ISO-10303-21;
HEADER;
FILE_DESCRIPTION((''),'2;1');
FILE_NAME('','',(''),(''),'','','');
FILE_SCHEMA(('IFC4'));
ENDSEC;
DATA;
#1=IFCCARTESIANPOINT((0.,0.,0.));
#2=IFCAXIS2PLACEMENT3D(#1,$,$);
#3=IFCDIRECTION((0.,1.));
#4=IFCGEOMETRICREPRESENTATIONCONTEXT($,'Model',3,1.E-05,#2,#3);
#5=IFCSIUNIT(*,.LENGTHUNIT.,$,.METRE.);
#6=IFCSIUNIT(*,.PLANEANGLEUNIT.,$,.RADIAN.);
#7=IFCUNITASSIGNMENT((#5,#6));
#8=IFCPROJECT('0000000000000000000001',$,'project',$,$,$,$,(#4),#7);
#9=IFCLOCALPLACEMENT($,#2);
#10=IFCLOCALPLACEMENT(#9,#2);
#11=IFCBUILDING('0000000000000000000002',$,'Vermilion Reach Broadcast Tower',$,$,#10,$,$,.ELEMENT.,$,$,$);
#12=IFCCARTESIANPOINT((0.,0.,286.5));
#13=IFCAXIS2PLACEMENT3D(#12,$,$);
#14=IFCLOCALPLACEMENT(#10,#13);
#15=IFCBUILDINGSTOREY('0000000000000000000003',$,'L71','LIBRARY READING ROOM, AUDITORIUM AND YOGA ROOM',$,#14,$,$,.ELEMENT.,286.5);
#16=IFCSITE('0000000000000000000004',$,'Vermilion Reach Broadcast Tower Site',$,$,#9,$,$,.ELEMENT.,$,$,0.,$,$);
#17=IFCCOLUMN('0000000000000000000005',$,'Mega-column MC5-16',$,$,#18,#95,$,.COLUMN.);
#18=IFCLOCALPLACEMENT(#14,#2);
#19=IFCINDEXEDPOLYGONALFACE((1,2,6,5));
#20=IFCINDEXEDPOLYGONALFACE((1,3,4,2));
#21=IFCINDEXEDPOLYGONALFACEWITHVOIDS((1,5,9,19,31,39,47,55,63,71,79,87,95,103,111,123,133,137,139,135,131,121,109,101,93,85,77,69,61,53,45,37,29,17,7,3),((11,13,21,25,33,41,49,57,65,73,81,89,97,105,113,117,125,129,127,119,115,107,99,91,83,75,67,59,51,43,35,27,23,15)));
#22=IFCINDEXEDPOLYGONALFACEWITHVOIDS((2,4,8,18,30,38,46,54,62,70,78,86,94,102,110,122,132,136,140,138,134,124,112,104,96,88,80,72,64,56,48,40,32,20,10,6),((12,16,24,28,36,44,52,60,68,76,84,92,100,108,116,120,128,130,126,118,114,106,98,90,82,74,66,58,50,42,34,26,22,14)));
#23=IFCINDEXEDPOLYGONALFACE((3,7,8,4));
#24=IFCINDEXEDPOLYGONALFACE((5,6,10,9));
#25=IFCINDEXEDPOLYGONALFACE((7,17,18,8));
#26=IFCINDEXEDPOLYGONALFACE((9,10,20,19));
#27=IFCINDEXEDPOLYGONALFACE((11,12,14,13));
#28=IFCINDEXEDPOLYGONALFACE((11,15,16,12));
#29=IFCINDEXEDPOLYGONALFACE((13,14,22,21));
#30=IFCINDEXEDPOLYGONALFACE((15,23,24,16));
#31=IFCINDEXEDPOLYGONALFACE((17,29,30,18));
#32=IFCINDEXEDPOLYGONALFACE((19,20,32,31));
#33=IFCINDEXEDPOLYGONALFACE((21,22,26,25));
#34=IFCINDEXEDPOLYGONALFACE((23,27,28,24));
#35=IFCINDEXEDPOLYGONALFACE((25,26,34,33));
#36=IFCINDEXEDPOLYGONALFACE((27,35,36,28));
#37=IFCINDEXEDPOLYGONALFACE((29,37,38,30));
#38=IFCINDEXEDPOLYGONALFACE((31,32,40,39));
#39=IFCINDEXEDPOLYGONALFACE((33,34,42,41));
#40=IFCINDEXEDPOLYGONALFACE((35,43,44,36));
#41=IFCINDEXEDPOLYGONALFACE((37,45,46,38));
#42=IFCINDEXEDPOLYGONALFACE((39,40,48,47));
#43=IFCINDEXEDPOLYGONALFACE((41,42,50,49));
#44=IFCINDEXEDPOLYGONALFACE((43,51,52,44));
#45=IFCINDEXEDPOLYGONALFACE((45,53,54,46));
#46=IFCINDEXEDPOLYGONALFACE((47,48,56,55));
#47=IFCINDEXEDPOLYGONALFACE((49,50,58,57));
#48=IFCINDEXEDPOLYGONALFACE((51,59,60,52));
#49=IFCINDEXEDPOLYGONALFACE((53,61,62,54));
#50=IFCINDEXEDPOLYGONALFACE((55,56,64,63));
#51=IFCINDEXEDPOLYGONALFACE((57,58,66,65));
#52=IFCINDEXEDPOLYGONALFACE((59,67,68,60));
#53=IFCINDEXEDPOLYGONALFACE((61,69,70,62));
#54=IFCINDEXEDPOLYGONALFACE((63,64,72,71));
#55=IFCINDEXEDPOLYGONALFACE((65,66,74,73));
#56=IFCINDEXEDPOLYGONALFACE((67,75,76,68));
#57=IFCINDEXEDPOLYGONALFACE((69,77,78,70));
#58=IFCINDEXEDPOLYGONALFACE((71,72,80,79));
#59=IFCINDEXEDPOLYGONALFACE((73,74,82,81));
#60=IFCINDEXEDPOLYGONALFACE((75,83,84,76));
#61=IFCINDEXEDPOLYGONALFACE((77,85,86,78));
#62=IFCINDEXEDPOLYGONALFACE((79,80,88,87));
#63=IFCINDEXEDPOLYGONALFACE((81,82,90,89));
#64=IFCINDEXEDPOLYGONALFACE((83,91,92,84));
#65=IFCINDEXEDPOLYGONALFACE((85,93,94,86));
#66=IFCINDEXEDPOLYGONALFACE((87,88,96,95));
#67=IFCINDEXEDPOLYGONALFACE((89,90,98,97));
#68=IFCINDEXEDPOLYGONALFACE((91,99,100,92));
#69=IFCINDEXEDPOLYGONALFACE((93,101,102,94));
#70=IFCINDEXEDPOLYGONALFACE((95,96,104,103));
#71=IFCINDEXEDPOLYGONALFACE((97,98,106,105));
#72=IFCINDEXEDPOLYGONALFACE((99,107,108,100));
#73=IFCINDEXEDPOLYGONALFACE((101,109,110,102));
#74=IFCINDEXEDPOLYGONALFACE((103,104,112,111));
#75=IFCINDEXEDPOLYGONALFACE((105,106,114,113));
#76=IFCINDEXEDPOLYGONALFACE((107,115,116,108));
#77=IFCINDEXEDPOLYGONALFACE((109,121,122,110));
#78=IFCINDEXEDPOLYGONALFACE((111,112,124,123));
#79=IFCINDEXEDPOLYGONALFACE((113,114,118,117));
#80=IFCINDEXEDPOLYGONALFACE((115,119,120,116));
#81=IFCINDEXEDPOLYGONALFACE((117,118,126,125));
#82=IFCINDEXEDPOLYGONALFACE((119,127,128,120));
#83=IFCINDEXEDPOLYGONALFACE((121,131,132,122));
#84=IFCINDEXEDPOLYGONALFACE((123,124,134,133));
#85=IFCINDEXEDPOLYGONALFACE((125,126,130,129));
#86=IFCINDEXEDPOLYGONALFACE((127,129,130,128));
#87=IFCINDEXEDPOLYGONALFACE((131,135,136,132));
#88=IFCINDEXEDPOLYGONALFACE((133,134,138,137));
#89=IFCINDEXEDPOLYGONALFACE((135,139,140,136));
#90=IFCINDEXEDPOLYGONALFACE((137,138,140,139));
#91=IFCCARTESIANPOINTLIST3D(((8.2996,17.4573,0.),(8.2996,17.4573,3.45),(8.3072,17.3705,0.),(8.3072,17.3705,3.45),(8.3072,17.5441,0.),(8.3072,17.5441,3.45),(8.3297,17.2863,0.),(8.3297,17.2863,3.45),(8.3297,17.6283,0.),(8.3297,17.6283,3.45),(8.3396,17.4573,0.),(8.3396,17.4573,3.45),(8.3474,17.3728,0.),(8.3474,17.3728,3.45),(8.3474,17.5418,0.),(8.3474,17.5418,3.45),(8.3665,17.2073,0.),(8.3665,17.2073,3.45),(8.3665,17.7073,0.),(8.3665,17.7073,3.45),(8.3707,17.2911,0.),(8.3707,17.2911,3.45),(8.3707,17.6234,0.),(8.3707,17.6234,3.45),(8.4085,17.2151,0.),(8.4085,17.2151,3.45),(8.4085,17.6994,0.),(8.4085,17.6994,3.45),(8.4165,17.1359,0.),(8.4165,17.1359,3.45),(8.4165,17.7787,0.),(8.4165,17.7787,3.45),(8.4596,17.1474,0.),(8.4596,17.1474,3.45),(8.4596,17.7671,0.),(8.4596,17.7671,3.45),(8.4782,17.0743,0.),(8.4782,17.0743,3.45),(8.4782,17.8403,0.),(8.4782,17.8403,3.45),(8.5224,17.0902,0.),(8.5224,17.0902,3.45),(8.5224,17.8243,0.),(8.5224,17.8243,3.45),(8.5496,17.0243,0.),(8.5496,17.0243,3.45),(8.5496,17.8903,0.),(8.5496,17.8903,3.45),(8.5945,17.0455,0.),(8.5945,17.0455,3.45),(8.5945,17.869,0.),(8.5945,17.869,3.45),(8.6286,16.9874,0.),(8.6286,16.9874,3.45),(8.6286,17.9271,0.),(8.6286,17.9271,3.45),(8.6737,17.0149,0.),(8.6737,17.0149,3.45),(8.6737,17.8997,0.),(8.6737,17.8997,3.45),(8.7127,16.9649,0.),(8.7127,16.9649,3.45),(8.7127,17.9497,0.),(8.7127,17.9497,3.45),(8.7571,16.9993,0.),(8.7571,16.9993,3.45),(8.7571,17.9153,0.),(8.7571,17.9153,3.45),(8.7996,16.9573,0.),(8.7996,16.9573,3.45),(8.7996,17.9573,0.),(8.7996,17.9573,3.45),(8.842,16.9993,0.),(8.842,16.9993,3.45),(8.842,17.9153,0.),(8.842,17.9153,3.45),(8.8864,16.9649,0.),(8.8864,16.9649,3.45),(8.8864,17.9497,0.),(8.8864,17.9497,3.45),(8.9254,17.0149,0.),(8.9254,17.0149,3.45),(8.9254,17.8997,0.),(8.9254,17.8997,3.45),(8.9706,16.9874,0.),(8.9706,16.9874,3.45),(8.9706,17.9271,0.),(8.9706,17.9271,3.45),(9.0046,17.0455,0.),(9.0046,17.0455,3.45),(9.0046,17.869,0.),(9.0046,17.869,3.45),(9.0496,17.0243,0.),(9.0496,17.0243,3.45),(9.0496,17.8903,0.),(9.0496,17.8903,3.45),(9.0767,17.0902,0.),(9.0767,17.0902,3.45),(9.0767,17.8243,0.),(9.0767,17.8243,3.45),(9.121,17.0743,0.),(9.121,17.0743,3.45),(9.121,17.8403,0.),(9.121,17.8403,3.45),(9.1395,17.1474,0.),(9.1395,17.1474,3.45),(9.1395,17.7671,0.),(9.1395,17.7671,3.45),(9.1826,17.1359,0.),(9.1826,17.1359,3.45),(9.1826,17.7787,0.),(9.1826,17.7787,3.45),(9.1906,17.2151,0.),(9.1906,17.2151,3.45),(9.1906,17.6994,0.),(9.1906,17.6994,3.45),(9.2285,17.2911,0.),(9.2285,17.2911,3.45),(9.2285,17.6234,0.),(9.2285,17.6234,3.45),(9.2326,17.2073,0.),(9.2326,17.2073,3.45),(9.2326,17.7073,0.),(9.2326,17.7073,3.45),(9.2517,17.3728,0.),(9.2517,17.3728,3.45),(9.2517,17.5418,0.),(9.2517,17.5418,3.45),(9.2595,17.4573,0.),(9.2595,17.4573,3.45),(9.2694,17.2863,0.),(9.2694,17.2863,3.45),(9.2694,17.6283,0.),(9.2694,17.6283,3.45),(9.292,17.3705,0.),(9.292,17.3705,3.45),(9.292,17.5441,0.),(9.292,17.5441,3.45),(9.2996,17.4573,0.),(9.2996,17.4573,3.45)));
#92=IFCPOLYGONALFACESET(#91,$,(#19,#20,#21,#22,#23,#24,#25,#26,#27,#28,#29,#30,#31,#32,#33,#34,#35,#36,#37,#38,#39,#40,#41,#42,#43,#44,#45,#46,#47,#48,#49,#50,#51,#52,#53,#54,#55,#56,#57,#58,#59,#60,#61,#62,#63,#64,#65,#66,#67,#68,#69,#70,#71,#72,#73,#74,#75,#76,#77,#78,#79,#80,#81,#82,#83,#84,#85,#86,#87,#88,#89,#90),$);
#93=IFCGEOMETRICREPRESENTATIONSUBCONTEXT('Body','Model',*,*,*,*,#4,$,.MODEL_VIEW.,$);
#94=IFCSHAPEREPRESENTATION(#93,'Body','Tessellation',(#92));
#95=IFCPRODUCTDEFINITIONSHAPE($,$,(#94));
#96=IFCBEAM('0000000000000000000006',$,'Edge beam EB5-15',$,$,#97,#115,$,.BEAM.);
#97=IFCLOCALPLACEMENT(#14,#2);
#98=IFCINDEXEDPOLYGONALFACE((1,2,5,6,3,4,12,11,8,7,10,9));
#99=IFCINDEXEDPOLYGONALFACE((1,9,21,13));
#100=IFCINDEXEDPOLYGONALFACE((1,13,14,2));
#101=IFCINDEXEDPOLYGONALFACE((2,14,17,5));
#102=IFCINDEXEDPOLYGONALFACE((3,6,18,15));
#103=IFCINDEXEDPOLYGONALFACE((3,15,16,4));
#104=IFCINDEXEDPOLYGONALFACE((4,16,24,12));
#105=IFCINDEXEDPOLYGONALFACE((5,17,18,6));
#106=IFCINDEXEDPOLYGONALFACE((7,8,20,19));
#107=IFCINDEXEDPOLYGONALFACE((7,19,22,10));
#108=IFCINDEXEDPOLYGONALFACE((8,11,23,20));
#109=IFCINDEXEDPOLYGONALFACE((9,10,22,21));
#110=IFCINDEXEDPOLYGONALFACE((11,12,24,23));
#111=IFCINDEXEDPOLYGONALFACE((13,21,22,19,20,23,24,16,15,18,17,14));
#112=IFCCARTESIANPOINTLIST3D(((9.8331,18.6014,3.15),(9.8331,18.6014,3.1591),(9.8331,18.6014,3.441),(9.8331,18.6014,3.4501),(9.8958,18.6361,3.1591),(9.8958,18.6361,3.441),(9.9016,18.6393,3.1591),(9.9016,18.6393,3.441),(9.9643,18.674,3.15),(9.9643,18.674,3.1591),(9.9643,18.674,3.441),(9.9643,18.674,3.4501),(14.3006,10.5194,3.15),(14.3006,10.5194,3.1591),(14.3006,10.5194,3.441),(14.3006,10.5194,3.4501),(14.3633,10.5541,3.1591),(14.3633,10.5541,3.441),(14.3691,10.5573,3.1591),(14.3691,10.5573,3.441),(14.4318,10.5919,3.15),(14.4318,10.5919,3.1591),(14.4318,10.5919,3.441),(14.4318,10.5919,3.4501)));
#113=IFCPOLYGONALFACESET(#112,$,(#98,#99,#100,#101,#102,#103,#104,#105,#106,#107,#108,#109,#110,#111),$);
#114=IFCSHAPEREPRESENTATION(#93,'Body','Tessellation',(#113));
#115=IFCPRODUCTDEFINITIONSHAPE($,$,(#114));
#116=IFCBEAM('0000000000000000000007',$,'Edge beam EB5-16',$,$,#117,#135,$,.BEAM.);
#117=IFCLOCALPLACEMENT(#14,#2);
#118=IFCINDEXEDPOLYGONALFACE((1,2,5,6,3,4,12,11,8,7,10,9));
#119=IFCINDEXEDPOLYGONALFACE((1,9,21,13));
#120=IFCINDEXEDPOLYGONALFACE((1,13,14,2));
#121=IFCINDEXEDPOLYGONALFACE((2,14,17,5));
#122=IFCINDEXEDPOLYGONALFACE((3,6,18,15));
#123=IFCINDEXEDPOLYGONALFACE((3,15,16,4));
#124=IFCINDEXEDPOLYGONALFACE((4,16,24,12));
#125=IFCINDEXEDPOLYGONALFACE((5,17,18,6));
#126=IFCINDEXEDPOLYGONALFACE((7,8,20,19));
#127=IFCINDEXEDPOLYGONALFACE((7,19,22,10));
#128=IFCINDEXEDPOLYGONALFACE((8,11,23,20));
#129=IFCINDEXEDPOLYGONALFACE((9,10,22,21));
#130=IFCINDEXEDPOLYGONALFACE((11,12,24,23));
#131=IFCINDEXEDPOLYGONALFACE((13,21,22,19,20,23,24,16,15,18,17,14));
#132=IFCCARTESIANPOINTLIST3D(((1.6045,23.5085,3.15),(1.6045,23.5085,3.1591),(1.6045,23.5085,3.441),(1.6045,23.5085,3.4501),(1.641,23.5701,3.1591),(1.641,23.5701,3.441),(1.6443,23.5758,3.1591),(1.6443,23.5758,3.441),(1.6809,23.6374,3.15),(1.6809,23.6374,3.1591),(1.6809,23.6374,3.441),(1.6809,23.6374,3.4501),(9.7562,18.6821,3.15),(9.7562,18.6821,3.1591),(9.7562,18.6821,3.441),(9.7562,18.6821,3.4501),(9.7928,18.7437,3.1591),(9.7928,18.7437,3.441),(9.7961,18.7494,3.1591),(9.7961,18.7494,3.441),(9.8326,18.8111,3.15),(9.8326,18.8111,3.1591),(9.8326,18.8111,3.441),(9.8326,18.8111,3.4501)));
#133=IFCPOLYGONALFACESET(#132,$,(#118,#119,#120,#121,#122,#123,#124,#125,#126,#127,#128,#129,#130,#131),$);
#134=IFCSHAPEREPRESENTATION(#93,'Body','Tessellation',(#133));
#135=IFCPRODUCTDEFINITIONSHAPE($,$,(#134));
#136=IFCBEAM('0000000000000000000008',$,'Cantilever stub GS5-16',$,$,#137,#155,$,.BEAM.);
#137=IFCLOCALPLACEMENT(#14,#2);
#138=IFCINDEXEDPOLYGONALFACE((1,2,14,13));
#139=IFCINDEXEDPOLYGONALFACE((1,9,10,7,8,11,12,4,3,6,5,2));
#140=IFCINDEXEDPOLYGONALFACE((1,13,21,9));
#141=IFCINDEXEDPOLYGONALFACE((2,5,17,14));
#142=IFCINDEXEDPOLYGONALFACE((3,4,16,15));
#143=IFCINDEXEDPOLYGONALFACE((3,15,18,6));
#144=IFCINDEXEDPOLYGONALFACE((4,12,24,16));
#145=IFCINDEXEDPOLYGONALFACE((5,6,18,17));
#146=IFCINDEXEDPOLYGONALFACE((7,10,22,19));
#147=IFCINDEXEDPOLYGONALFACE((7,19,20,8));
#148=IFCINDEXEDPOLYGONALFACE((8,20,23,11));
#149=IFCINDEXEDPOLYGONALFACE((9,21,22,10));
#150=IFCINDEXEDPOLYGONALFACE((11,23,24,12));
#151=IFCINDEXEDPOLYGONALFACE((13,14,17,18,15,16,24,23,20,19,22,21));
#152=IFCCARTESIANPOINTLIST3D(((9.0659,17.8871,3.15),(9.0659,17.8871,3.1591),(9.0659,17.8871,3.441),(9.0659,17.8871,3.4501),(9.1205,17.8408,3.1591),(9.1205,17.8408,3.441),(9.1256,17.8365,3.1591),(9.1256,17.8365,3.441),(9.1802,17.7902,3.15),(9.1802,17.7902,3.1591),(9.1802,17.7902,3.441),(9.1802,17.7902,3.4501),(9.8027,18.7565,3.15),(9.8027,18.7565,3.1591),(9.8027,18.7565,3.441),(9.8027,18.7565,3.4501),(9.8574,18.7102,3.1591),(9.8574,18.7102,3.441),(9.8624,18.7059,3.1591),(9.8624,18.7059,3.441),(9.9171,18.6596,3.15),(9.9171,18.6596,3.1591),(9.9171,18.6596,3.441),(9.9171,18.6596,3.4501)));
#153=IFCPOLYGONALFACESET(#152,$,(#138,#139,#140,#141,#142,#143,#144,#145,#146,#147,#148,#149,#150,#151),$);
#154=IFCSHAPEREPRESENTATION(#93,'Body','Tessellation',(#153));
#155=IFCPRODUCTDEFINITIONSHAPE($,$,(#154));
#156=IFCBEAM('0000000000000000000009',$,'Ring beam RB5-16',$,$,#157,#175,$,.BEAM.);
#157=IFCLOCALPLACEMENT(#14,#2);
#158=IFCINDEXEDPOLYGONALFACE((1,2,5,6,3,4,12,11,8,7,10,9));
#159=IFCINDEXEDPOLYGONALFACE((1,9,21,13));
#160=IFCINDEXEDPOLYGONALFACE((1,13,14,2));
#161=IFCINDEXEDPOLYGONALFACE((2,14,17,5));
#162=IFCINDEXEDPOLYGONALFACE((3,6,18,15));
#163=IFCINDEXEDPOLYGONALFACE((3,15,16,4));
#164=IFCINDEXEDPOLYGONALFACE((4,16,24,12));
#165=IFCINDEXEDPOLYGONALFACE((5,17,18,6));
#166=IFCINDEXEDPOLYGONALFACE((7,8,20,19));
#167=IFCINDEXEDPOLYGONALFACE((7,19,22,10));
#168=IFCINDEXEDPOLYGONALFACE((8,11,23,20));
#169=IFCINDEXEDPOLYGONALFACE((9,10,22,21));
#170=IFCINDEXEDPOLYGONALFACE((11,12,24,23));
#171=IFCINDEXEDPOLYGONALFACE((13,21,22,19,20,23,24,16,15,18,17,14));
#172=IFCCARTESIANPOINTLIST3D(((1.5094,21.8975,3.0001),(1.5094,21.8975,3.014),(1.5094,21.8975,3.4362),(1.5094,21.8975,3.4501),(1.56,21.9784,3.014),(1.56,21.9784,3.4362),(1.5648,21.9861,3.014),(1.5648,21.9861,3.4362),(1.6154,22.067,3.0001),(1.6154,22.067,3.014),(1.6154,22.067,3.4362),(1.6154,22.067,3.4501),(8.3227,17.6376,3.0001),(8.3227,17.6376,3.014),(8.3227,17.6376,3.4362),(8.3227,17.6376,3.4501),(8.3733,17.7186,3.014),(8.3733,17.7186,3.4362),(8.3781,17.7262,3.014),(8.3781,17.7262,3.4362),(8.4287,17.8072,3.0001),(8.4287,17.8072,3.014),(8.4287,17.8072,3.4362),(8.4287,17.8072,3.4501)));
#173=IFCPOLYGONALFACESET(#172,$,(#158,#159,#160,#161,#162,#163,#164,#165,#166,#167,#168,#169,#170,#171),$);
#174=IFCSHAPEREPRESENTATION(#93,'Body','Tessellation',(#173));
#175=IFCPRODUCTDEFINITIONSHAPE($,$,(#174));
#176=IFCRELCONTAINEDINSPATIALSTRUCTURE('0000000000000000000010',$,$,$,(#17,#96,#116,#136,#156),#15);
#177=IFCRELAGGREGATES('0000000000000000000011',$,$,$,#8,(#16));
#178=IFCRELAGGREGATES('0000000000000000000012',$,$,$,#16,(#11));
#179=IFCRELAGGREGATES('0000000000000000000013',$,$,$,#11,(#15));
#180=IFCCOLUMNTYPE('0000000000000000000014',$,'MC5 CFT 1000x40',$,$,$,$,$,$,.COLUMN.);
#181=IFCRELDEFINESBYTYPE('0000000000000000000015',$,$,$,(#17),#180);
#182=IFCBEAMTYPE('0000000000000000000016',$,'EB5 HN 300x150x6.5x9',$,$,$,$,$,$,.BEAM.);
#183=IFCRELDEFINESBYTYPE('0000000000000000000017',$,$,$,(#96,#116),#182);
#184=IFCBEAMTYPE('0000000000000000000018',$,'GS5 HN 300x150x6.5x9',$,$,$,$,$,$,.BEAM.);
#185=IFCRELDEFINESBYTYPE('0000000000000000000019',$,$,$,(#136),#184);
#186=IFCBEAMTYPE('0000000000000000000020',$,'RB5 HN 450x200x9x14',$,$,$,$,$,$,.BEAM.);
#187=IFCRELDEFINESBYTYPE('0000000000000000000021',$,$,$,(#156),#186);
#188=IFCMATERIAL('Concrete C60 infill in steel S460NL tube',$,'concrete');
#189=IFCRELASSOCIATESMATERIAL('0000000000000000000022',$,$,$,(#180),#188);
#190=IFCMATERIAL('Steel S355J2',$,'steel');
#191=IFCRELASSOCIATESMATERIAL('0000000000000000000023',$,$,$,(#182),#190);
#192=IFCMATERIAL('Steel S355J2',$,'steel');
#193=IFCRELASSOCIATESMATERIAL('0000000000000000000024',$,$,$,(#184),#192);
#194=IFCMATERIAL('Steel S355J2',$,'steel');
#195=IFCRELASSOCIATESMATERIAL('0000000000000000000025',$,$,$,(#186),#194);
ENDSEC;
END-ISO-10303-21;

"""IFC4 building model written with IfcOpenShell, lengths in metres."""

from ifc_helpers import new_model, si_unit, direction, frame, origin, origin_2d, place, context, subcontext, project, spatial, hollow_circle, i_section, extrude, material, material_profile, profile_set, type_object, element, save


model = new_model("IFC4")

# Units and contexts
model_context = context("Model", 3, precision=1e-05, world=origin(), true_north=direction((0.0, 1.0)))
body_context = subcontext(model_context, "Body", "Model", "MODEL_VIEW")
ifc_project = project(units=[si_unit("LENGTHUNIT", "METRE"), si_unit("PLANEANGLEUNIT", "RADIAN")], contexts=[model_context])

# Site, building, storey
site_placement = place(None, origin())
site = spatial("IfcSite", under=ifc_project, at=site_placement, Name="Vermilion Reach Broadcast Tower Site", CompositionType="ELEMENT", RefElevation=0.0)
building_placement = place(site_placement, origin())
building = spatial("IfcBuilding", under=site, at=building_placement, Name="Vermilion Reach Broadcast Tower", CompositionType="ELEMENT")
storey_placement = place(building_placement, frame((0.0, 0.0, 286.5)))
storey = spatial("IfcBuildingStorey", under=building, at=storey_placement, Name="L71", Description="LIBRARY READING ROOM, AUDITORIUM AND YOGA ROOM", CompositionType="ELEMENT", Elevation=286.5)

# Column
ifc_material_1 = material(Name="Concrete C60 infill in steel S460NL tube", Category="concrete")
ifc_material_profile_1 = material_profile(ifc_material_1, hollow_circle(Radius=0.5, WallThickness=0.04, at=origin_2d()), Name="Concrete C60 infill in steel S460NL tube CFT 1000x40")
ifc_profile_set_1 = profile_set([ifc_material_profile_1], Name="Concrete C60 infill in steel S460NL tube")
column_type = type_object("IfcColumnType", Name="MC5 CFT 1000x40", PredefinedType="COLUMN", material=ifc_profile_set_1)
column_placement = place(storey_placement, frame((8.7996, 17.4573, 0.0), z_axis=(0.0, 0.0, 1.0), x_axis=(1.0, 0.0, 0.0)))
element("IfcColumn", 1, at=column_placement, inside=storey, type_object=column_type, Name="Mega-column MC5-16", PredefinedType="COLUMN", context=body_context, shape_type="SweptSolid", body=[
    extrude(hollow_circle(Radius=0.5, WallThickness=0.04, at=origin_2d()), origin(), (0.0, 0.0, 1.0), 3.45),
])

# Beams
ifc_material_2 = material(Name="Steel S355J2", Category="steel")
ifc_material_profile_2 = material_profile(ifc_material_2, i_section(OverallWidth=0.1499, OverallDepth=0.3, WebThickness=0.0066, FlangeThickness=0.009, at=origin_2d()), Name="S355J2 HN 300x150x6.5x9")
ifc_profile_set_2 = profile_set([ifc_material_profile_2], Name="Steel S355J2")
beam_type_1 = type_object("IfcBeamType", Name="EB5 HN 300x150x6.5x9", PredefinedType="BEAM", material=ifc_profile_set_2)
beam_1_placement = place(storey_placement, frame((14.3662, 10.5557, 3.3), z_axis=(-0.483781, 0.875189, 0.0), x_axis=(-0.875189, -0.483781, 0.0)))
element("IfcBeam", 2, at=beam_1_placement, inside=storey, type_object=beam_type_1, Name="Edge beam EB5-15", PredefinedType="BEAM", context=body_context, shape_type="SweptSolid", body=[
    extrude(i_section(OverallWidth=0.1499, OverallDepth=0.3, WebThickness=0.0066, FlangeThickness=0.009, at=origin_2d()), origin(), (0.0, 0.0, 1.0), 9.2346),
])
beam_2_placement = place(storey_placement, frame((9.7944, 18.7466, 3.3), z_axis=(-0.860491, 0.509465, 0.0), x_axis=(-0.509465, -0.860491, 0.0)))
element("IfcBeam", 3, at=beam_2_placement, inside=storey, type_object=beam_type_1, Name="Edge beam EB5-16", PredefinedType="BEAM", context=body_context, shape_type="SweptSolid", body=[
    extrude(i_section(OverallWidth=0.1499, OverallDepth=0.3, WebThickness=0.0066, FlangeThickness=0.009, at=origin_2d()), origin(), (0.0, 0.0, 1.0), 9.4734),
])
ifc_material_3 = material(Name="Steel S355J2", Category="steel")
ifc_material_profile_3 = material_profile(ifc_material_3, i_section(OverallWidth=0.1499, OverallDepth=0.3, WebThickness=0.0066, FlangeThickness=0.009, at=origin_2d()), Name="S355J2 HN 300x150x6.5x9")
ifc_profile_set_3 = profile_set([ifc_material_profile_3], Name="Steel S355J2")
beam_type_2 = type_object("IfcBeamType", Name="GS5 HN 300x150x6.5x9", PredefinedType="BEAM", material=ifc_profile_set_3)
beam_3_placement = place(storey_placement, frame((9.123, 17.8386, 3.3), z_axis=(0.646547, 0.762874, 0.0), x_axis=(-0.762874, 0.646547, 0.0)))
element("IfcBeam", 4, at=beam_3_placement, inside=storey, type_object=beam_type_2, Name="Cantilever stub GS5-16", PredefinedType="BEAM", context=body_context, shape_type="SweptSolid", body=[
    extrude(i_section(OverallWidth=0.1499, OverallDepth=0.3, WebThickness=0.0066, FlangeThickness=0.009, at=origin_2d()), origin(), (0.0, 0.0, 1.0), 1.1396),
])
ifc_material_4 = material(Name="Steel S355J2", Category="steel")
ifc_material_profile_4 = material_profile(ifc_material_4, i_section(OverallWidth=0.2, OverallDepth=0.45, WebThickness=0.009, FlangeThickness=0.0139, at=origin_2d()), Name="S355J2 HN 450x200x9x14")
ifc_profile_set_4 = profile_set([ifc_material_profile_4], Name="Steel S355J2")
beam_type_3 = type_object("IfcBeamType", Name="RB5 HN 450x200x9x14", PredefinedType="BEAM", material=ifc_profile_set_4)
beam_4_placement = place(storey_placement, frame((8.3757, 17.7224, 3.2251), z_axis=(-0.847915, 0.530133, 0.0), x_axis=(-0.530133, -0.847915, 0.0)))
element("IfcBeam", 5, at=beam_4_placement, inside=storey, type_object=beam_type_3, Name="Ring beam RB5-16", PredefinedType="BEAM", context=body_context, shape_type="SweptSolid", body=[
    extrude(i_section(OverallWidth=0.2, OverallDepth=0.45, WebThickness=0.009, FlangeThickness=0.0139, at=origin_2d()), origin(), (0.0, 0.0, 1.0), 8.0354),
])

save(model, "model.ifc")
